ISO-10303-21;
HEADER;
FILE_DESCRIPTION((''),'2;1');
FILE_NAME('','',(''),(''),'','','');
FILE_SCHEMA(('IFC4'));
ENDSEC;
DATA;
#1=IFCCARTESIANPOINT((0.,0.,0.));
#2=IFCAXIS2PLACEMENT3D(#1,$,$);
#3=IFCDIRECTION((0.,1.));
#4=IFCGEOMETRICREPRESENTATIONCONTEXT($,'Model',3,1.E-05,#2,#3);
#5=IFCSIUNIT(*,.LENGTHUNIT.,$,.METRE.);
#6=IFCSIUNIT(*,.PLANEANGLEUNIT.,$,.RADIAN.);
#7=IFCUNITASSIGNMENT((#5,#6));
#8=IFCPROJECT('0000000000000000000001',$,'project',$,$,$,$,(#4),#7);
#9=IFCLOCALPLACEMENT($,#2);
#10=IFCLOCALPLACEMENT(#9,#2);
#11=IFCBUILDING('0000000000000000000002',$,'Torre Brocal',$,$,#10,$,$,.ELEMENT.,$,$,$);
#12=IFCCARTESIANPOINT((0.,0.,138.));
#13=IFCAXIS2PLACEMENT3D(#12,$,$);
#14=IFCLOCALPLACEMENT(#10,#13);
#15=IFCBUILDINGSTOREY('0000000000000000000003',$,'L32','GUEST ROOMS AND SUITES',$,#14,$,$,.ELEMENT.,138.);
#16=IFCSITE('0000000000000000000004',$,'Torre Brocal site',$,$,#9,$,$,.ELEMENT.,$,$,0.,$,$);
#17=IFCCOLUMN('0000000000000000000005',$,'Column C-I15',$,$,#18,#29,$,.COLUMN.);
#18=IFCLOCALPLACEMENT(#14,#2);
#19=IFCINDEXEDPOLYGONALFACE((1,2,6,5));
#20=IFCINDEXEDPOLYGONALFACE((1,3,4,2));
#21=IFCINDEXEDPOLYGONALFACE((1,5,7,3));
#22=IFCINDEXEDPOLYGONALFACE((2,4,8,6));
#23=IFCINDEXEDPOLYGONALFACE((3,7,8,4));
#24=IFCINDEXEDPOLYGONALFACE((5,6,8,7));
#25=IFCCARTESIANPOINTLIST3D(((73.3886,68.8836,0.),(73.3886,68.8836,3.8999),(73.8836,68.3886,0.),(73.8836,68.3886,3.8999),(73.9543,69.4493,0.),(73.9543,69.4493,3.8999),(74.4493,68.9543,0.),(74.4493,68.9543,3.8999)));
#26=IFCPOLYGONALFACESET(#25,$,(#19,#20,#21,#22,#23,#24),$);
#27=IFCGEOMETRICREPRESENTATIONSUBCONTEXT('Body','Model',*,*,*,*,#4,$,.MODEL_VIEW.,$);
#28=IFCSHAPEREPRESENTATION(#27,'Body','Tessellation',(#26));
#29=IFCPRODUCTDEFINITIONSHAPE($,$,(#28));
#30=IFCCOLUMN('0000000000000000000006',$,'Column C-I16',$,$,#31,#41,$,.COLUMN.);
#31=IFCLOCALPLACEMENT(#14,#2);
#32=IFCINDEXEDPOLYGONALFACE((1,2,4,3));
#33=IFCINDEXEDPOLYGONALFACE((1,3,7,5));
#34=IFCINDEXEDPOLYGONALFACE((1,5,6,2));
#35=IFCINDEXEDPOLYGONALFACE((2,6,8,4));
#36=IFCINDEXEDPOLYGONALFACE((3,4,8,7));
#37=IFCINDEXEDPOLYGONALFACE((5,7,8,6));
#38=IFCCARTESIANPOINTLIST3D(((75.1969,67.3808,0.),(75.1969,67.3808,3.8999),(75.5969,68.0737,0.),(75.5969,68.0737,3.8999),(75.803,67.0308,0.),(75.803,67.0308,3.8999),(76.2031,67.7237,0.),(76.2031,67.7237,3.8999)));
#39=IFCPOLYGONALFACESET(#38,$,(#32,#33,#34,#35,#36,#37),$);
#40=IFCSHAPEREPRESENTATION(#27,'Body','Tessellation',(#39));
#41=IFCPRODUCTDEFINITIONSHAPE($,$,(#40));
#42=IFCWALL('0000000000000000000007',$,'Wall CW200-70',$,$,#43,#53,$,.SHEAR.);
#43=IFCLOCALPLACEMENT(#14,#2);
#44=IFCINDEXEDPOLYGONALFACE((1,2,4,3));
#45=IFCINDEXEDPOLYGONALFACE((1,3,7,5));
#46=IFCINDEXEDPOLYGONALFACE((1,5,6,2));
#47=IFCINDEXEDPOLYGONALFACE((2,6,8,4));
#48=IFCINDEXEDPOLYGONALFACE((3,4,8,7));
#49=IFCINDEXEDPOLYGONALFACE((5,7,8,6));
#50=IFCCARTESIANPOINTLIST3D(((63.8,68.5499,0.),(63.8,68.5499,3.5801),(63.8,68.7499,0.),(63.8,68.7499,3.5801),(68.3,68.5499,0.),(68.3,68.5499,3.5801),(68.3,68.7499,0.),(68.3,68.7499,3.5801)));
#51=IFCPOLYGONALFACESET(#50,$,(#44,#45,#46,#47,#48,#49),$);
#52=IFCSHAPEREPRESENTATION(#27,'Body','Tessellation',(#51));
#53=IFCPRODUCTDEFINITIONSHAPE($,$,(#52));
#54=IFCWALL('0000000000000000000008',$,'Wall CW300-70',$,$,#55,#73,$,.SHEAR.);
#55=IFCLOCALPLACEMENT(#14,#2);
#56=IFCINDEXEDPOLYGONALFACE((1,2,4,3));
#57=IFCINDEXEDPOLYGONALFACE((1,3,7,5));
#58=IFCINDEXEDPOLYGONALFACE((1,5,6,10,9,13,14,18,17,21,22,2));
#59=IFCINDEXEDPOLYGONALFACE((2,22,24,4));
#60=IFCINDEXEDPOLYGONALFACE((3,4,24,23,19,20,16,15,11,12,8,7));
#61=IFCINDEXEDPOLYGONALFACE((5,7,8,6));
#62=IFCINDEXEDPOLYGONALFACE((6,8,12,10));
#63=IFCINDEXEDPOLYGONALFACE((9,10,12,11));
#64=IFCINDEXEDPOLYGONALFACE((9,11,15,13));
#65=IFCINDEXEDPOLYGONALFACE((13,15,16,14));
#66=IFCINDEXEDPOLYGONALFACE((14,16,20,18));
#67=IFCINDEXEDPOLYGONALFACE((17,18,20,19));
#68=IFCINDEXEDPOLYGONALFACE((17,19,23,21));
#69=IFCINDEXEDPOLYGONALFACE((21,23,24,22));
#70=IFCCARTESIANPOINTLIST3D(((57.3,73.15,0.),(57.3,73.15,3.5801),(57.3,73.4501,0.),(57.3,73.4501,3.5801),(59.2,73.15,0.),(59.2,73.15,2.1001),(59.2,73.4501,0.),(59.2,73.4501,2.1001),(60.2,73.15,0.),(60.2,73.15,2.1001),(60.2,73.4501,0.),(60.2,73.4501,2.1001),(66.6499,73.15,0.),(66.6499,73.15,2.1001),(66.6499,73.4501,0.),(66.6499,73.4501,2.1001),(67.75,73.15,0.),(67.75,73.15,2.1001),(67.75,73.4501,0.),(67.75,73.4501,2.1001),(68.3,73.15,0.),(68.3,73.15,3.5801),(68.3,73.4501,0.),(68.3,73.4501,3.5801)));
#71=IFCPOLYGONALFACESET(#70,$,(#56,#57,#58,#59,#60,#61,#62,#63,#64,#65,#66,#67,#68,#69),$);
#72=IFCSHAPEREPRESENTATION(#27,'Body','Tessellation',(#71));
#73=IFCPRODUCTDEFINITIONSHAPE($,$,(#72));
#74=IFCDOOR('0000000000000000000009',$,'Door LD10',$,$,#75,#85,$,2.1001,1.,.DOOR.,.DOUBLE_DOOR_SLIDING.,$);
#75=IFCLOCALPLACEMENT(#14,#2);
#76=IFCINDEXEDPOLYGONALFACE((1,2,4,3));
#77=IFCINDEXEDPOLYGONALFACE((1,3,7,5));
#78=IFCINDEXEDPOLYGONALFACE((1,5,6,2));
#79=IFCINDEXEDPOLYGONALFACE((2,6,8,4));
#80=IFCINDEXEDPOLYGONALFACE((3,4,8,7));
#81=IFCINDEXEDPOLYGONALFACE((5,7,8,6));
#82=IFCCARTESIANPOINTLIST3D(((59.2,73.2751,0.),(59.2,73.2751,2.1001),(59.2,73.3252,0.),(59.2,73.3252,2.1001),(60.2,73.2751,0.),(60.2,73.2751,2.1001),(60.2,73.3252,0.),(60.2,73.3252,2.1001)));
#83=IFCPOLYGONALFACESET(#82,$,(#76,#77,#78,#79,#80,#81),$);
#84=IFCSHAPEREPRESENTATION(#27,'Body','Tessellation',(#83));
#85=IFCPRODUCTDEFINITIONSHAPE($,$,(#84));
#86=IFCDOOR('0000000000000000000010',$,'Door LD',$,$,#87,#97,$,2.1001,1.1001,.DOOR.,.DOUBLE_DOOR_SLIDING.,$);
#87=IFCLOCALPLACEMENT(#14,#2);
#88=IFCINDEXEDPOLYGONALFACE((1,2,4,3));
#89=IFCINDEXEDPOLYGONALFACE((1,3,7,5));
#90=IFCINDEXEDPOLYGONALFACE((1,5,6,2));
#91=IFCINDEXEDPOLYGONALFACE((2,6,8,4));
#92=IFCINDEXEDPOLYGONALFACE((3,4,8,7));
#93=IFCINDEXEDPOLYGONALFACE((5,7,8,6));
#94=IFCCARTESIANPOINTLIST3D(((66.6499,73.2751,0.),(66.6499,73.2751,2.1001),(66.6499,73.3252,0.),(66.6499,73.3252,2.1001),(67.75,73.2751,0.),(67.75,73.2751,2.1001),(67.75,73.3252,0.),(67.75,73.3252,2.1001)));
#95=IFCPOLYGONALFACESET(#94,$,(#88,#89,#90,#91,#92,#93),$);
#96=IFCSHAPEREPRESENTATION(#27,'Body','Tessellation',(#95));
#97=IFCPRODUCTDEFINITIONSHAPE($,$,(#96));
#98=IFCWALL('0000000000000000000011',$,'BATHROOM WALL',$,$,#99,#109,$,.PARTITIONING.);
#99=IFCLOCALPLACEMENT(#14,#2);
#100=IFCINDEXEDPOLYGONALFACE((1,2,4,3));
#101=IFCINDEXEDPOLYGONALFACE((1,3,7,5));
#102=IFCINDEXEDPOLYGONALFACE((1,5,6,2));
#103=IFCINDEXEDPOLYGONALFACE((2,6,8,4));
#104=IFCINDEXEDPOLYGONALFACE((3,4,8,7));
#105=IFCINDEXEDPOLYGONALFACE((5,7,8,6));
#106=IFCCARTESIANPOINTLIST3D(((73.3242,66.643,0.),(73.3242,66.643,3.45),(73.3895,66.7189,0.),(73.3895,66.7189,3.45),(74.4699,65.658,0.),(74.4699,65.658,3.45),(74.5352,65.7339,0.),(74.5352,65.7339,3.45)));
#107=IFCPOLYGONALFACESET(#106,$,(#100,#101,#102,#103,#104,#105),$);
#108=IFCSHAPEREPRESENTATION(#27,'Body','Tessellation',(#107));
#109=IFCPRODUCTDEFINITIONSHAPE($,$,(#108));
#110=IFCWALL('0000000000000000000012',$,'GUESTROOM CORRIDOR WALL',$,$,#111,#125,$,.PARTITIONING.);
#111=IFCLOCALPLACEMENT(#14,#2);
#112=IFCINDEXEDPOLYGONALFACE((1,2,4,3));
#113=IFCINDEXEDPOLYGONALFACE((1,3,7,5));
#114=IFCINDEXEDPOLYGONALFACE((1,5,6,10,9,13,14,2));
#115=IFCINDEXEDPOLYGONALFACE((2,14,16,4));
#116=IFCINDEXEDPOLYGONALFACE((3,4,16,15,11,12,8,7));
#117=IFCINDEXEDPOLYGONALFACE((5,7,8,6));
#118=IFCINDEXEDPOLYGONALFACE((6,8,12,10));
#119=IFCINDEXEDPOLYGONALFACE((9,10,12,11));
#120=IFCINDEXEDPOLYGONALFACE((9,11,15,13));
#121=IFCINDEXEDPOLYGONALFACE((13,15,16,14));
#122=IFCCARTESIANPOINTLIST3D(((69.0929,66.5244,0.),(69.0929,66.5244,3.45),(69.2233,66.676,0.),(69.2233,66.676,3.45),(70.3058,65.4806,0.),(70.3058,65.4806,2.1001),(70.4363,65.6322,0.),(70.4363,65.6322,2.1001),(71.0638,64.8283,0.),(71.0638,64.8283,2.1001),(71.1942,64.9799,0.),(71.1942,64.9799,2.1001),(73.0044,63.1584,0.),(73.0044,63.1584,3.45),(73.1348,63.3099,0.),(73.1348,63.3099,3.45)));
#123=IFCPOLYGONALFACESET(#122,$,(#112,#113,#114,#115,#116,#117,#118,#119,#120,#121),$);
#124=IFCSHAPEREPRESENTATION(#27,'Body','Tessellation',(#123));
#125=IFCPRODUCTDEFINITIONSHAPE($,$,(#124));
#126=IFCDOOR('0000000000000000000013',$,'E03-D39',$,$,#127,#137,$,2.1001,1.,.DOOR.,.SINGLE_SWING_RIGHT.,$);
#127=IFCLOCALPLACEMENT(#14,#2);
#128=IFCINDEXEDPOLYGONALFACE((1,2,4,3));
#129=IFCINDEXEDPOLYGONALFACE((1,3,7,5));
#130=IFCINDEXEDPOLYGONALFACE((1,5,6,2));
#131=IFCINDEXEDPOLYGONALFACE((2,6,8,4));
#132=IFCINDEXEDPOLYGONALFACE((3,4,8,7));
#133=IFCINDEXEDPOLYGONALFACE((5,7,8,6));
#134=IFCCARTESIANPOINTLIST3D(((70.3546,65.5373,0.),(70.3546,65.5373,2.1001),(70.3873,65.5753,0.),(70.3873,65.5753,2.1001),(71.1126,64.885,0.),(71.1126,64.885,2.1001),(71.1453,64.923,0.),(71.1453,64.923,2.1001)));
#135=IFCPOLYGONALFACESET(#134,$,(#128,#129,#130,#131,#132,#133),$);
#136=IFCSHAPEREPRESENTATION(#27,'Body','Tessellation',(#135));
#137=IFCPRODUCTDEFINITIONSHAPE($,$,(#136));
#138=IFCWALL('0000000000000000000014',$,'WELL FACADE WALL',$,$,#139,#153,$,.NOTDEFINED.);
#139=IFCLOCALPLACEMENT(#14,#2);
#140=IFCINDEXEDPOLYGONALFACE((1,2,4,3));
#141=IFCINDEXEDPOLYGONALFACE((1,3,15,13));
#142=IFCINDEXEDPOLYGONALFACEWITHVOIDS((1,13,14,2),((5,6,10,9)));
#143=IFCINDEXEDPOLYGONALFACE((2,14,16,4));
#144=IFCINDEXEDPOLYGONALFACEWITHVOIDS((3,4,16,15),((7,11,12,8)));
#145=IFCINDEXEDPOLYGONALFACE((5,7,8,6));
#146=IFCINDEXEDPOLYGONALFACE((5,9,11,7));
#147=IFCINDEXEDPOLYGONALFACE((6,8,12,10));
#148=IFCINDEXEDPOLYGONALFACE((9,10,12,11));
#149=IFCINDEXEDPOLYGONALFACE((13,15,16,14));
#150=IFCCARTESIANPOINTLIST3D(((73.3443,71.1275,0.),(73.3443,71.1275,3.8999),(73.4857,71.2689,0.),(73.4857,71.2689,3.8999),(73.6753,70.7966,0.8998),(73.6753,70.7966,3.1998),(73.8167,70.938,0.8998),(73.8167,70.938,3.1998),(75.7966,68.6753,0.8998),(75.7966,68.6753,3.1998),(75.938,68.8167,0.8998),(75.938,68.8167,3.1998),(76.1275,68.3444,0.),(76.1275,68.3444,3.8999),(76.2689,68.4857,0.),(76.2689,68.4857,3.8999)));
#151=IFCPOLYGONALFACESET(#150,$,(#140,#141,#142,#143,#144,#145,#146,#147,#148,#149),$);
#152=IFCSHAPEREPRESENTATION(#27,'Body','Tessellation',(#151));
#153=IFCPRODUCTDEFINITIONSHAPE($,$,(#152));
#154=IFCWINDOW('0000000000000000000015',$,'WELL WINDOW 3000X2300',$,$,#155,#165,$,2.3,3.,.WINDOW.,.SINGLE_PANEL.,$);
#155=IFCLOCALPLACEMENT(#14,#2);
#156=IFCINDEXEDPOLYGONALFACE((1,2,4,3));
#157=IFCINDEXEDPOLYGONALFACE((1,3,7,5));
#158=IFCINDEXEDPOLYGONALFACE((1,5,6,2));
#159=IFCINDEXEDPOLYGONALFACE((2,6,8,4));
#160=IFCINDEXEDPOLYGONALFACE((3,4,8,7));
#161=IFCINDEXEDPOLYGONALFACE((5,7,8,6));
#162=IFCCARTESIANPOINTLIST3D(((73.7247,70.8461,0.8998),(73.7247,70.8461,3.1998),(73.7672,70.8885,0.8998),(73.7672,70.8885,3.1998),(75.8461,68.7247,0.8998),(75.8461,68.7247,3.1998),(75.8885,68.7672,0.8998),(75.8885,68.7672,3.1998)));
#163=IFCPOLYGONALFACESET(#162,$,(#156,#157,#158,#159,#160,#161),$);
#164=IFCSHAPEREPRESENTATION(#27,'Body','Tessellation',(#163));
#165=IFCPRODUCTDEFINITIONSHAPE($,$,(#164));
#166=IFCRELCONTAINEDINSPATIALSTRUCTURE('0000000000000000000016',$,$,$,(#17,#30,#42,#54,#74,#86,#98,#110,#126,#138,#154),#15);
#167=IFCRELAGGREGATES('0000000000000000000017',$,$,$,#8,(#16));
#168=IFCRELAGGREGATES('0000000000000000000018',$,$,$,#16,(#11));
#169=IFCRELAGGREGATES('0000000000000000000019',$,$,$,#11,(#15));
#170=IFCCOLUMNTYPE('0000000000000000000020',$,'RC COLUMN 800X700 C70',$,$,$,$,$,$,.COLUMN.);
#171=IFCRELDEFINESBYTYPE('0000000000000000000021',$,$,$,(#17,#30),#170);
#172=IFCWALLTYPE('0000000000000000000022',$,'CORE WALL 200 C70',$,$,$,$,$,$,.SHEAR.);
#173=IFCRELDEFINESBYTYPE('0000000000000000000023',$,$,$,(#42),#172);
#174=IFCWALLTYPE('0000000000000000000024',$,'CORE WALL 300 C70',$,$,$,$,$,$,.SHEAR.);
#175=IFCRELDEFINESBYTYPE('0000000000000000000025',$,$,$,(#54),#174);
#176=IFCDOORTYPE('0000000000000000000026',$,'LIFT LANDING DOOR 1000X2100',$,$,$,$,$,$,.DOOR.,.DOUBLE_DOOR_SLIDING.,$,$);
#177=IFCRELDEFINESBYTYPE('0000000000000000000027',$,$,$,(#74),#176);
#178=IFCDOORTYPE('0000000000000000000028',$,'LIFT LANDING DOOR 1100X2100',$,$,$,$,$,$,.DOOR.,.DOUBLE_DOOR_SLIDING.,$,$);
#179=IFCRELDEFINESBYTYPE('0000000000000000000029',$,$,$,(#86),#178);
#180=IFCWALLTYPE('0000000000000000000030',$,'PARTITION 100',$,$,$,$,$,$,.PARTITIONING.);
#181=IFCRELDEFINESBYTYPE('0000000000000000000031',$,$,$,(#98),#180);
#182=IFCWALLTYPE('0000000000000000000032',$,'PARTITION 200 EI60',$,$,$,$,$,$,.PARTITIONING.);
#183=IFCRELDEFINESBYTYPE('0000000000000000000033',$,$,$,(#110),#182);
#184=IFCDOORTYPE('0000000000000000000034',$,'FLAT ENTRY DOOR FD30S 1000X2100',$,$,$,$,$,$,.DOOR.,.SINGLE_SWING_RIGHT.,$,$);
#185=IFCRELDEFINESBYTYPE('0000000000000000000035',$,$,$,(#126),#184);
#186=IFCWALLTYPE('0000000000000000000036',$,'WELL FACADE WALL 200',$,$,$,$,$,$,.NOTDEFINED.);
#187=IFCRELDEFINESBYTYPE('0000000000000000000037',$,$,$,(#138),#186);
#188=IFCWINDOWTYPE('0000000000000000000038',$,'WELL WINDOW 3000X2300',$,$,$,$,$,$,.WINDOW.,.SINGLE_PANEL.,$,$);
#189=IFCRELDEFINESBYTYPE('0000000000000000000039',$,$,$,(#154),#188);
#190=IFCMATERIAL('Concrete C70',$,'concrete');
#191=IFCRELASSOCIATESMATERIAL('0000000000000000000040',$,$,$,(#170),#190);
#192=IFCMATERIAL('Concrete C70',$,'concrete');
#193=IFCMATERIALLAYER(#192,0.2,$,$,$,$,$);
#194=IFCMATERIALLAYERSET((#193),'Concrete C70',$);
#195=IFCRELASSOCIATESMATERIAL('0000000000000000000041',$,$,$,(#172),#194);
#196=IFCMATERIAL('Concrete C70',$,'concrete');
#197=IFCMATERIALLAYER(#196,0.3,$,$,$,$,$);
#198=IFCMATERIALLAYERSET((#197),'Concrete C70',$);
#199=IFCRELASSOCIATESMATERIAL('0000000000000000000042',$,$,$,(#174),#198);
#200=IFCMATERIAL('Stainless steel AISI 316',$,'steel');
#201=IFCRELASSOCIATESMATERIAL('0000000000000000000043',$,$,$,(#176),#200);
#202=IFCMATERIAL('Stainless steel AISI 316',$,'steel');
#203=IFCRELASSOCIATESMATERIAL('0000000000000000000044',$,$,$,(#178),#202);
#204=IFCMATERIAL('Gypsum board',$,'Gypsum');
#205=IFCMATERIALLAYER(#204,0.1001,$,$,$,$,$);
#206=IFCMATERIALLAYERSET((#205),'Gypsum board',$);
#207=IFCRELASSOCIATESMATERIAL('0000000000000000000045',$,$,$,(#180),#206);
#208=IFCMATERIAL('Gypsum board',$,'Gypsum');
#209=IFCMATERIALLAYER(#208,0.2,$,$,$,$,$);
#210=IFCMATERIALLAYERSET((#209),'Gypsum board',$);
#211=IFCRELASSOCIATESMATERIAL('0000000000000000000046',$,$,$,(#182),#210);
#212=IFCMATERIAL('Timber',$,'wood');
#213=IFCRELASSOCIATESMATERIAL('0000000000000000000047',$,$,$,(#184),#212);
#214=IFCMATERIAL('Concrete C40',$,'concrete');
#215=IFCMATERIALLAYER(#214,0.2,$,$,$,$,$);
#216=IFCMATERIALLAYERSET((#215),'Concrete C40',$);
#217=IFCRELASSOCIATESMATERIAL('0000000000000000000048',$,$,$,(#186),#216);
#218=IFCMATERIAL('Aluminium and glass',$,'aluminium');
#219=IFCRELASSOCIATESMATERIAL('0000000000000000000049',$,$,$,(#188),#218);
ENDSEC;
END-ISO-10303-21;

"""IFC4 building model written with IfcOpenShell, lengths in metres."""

from ifc_helpers import new_model, si_unit, direction, frame, frame_2d, origin, origin_2d, place, context, subcontext, project, spatial, rectangle, extrude, material, layer, layer_set, material_profile, profile_set, type_object, element, fill, save


model = new_model("IFC4")

# Units and contexts
model_context = context("Model", 3, precision=1e-05, world=origin(), true_north=direction((0.0, 1.0)))
body_context = subcontext(model_context, "Body", "Model", "MODEL_VIEW")
ifc_project = project(units=[si_unit("LENGTHUNIT", "METRE"), si_unit("PLANEANGLEUNIT", "RADIAN")], contexts=[model_context])

# Site, building, storey
site_placement = place(None, origin())
site = spatial("IfcSite", under=ifc_project, at=site_placement, Name="Torre Brocal site", CompositionType="ELEMENT", RefElevation=0.0)
building_placement = place(site_placement, origin())
building = spatial("IfcBuilding", under=site, at=building_placement, Name="Torre Brocal", CompositionType="ELEMENT")
storey_placement = place(building_placement, frame((0.0, 0.0, 138.0)))
storey = spatial("IfcBuildingStorey", under=building, at=storey_placement, Name="L32", Description="GUEST ROOMS AND SUITES", CompositionType="ELEMENT", Elevation=138.0)

# Columns
ifc_material_1 = material(Name="Concrete C70", Category="concrete")
ifc_material_profile = material_profile(ifc_material_1, rectangle(XDim=0.8, YDim=0.7, at=origin_2d()), Name="RC 800X700")
ifc_profile_set = profile_set([ifc_material_profile], Name="Concrete C70")
column_type = type_object("IfcColumnType", Name="RC COLUMN 800X700 C70", PredefinedType="COLUMN", material=ifc_profile_set)
for number, where, z_axis, x_axis, name in (
    (1, (73.9189, 68.9189, 0.0), (0.0, 0.0, 1.0), (-0.707107, -0.707107, 0.0), "Column C-I15"),
    (2, (75.7, 67.5522, 0.0), (0.0, 0.0, 1.0), (-0.5, -0.866025, 0.0), "Column C-I16"),
):
    element("IfcColumn", number, at=place(storey_placement, frame(where, z_axis=z_axis, x_axis=x_axis)), inside=storey, type_object=column_type, Name=name, PredefinedType="COLUMN", context=body_context, shape_type="SweptSolid", body=[
        extrude(rectangle(XDim=0.8, YDim=0.7, at=origin_2d()), origin(), (0.0, 0.0, 1.0), 3.8999),
    ])

# Wall
ifc_material_2 = material(Name="Concrete C70", Category="concrete")
ifc_layer_1 = layer(ifc_material_2, 0.2)
ifc_layer_set_1 = layer_set([ifc_layer_1], Name="Concrete C70")
wall_type_1 = type_object("IfcWallType", Name="CORE WALL 200 C70", PredefinedType="SHEAR", material=ifc_layer_set_1)
wall_1_placement = place(storey_placement, frame((68.3, 68.6499, 0.0), z_axis=(0.0, 0.0, 1.0), x_axis=(-1.0, 0.0, 0.0)))
element("IfcWall", 3, at=wall_1_placement, inside=storey, type_object=wall_type_1, Name="Wall CW200-70", PredefinedType="SHEAR", context=body_context, shape_type="SweptSolid", body=[
    extrude(rectangle(XDim=4.5, YDim=0.2, at=frame_2d((2.25, 0.0))), origin(), (0.0, 0.0, 1.0), 3.5801),
])

# Wall, openings, doors
ifc_material_3 = material(Name="Concrete C70", Category="concrete")
ifc_layer_2 = layer(ifc_material_3, 0.3)
ifc_layer_set_2 = layer_set([ifc_layer_2], Name="Concrete C70")
wall_type_2 = type_object("IfcWallType", Name="CORE WALL 300 C70", PredefinedType="SHEAR", material=ifc_layer_set_2)
wall_2_placement = place(storey_placement, frame((68.3, 73.3, 0.0), z_axis=(0.0, 0.0, 1.0), x_axis=(-1.0, 0.0, 0.0)))
wall_2 = element("IfcWall", 4, at=wall_2_placement, inside=storey, type_object=wall_type_2, Name="Wall CW300-70", PredefinedType="SHEAR", context=body_context, shape_type="SweptSolid", body=[
    extrude(rectangle(XDim=11.0, YDim=0.3, at=frame_2d((5.5, 0.0))), origin(), (0.0, 0.0, 1.0), 3.5801),
])
opening_1_placement = place(wall_2_placement, frame((0.55, 0.0, 0.0)))
opening_1 = element("IfcOpeningElement", 5, at=opening_1_placement, cuts=wall_2, PredefinedType="OPENING", context=body_context, shape_type="SweptSolid", body=[
    extrude(rectangle(XDim=1.1001, YDim=2.1001, at=frame_2d((0.55, 1.05))), frame((0.0, 0.1599, 0.0), z_axis=(0.0, -1.0, 0.0), x_axis=(1.0, 0.0, 0.0)), (0.0, 0.0, 1.0), 0.3201),
])
opening_2_placement = place(wall_2_placement, frame((8.1001, 0.0, 0.0)))
opening_2 = element("IfcOpeningElement", 6, at=opening_2_placement, cuts=wall_2, PredefinedType="OPENING", context=body_context, shape_type="SweptSolid", body=[
    extrude(rectangle(XDim=1.0, YDim=2.1001, at=frame_2d((0.5, 1.05))), frame((0.0, 0.1599, 0.0), z_axis=(0.0, -1.0, 0.0), x_axis=(1.0, 0.0, 0.0)), (0.0, 0.0, 1.0), 0.3201),
])
ifc_material_4 = material(Name="Stainless steel AISI 316", Category="steel")
door_type_1 = type_object("IfcDoorType", Name="LIFT LANDING DOOR 1000X2100", OperationType="DOUBLE_DOOR_SLIDING", PredefinedType="DOOR", material=ifc_material_4)
door_1_placement = place(opening_2_placement, origin())
door_1 = element("IfcDoor", 7, at=door_1_placement, inside=storey, type_object=door_type_1, Name="Door LD10", OperationType="DOUBLE_DOOR_SLIDING", OverallHeight=2.1001, OverallWidth=1.0, PredefinedType="DOOR", context=body_context, shape_type="SweptSolid", body=[
    extrude(rectangle(XDim=1.0, YDim=2.1001, at=frame_2d((0.5, 1.05))), frame((0.0, 0.0249, 0.0), z_axis=(0.0, -1.0, 0.0), x_axis=(1.0, 0.0, 0.0)), (0.0, 0.0, 1.0), 0.05),
])
fill(opening_2, door_1)
ifc_material_5 = material(Name="Stainless steel AISI 316", Category="steel")
door_type_2 = type_object("IfcDoorType", Name="LIFT LANDING DOOR 1100X2100", OperationType="DOUBLE_DOOR_SLIDING", PredefinedType="DOOR", material=ifc_material_5)
door_2_placement = place(opening_1_placement, origin())
door_2 = element("IfcDoor", 8, at=door_2_placement, inside=storey, type_object=door_type_2, Name="Door LD", OperationType="DOUBLE_DOOR_SLIDING", OverallHeight=2.1001, OverallWidth=1.1001, PredefinedType="DOOR", context=body_context, shape_type="SweptSolid", body=[
    extrude(rectangle(XDim=1.1001, YDim=2.1001, at=frame_2d((0.55, 1.05))), frame((0.0, 0.0249, 0.0), z_axis=(0.0, -1.0, 0.0), x_axis=(1.0, 0.0, 0.0)), (0.0, 0.0, 1.0), 0.05),
])
fill(opening_1, door_2)

# Wall
ifc_material_6 = material(Name="Gypsum board", Category="Gypsum")
ifc_layer_3 = layer(ifc_material_6, 0.1001)
ifc_layer_set_3 = layer_set([ifc_layer_3], Name="Gypsum board")
wall_type_3 = type_object("IfcWallType", Name="PARTITION 100", PredefinedType="PARTITIONING", material=ifc_layer_set_3)
wall_3_placement = place(storey_placement, frame((73.3569, 66.6809, 0.0), z_axis=(0.0, 0.0, 1.0), x_axis=(0.758263, -0.651948, 0.0)))
element("IfcWall", 9, at=wall_3_placement, inside=storey, type_object=wall_type_3, Name="BATHROOM WALL", PredefinedType="PARTITIONING", context=body_context, shape_type="SweptSolid", body=[
    extrude(rectangle(XDim=1.511, YDim=0.1001, at=frame_2d((0.7554, 0.0))), origin(), (0.0, 0.0, 1.0), 3.45),
])

# Wall, opening, door
ifc_material_7 = material(Name="Gypsum board", Category="Gypsum")
ifc_layer_4 = layer(ifc_material_7, 0.2)
ifc_layer_set_4 = layer_set([ifc_layer_4], Name="Gypsum board")
wall_type_4 = type_object("IfcWallType", Name="PARTITION 200 EI60", PredefinedType="PARTITIONING", material=ifc_layer_set_4)
wall_4_placement = place(storey_placement, frame((69.1582, 66.6001, 0.0), z_axis=(0.0, 0.0, 1.0), x_axis=(0.757976, -0.652282, 0.0)))
wall_4 = element("IfcWall", 10, at=wall_4_placement, inside=storey, type_object=wall_type_4, Name="GUESTROOM CORRIDOR WALL", PredefinedType="PARTITIONING", context=body_context, shape_type="SweptSolid", body=[
    extrude(rectangle(XDim=5.1604, YDim=0.2, at=frame_2d((2.5801, 0.0))), origin(), (0.0, 0.0, 1.0), 3.45),
])
opening_3_placement = place(wall_4_placement, frame((1.6001, 0.0, 0.0)))
opening_3 = element("IfcOpeningElement", 11, at=opening_3_placement, cuts=wall_4, PredefinedType="OPENING", context=body_context, shape_type="SweptSolid", body=[
    extrude(rectangle(XDim=1.0, YDim=2.1001, at=frame_2d((0.5, 1.05))), frame((0.0, 0.1099, 0.0), z_axis=(0.0, -1.0, 0.0), x_axis=(1.0, 0.0, 0.0)), (0.0, 0.0, 1.0), 0.22),
])
ifc_material_8 = material(Name="Timber", Category="wood")
door_type_3 = type_object("IfcDoorType", Name="FLAT ENTRY DOOR FD30S 1000X2100", OperationType="SINGLE_SWING_RIGHT", PredefinedType="DOOR", material=ifc_material_8)
door_3_placement = place(opening_3_placement, origin())
door_3 = element("IfcDoor", 12, at=door_3_placement, inside=storey, type_object=door_type_3, Name="E03-D39", OperationType="SINGLE_SWING_RIGHT", OverallHeight=2.1001, OverallWidth=1.0, PredefinedType="DOOR", context=body_context, shape_type="SweptSolid", body=[
    extrude(rectangle(XDim=1.0, YDim=2.1001, at=frame_2d((0.5, 1.05))), frame((0.0, 0.0249, 0.0), z_axis=(0.0, -1.0, 0.0), x_axis=(1.0, 0.0, 0.0)), (0.0, 0.0, 1.0), 0.05),
])
fill(opening_3, door_3)

# Wall, opening, window
ifc_material_9 = material(Name="Concrete C40", Category="concrete")
ifc_layer_5 = layer(ifc_material_9, 0.2)
ifc_layer_set_5 = layer_set([ifc_layer_5], Name="Concrete C40")
wall_type_5 = type_object("IfcWallType", Name="WELL FACADE WALL 200", PredefinedType="NOTDEFINED", material=ifc_layer_set_5)
wall_5_placement = place(storey_placement, frame((73.415, 71.1982, 0.0), z_axis=(0.0, 0.0, 1.0), x_axis=(0.707107, -0.707107, 0.0)))
wall_5 = element("IfcWall", 13, at=wall_5_placement, inside=storey, type_object=wall_type_5, Name="WELL FACADE WALL", PredefinedType="NOTDEFINED", context=body_context, shape_type="SweptSolid", body=[
    extrude(rectangle(XDim=3.936, YDim=0.2, at=frame_2d((1.968, 0.0))), origin(), (0.0, 0.0, 1.0), 3.8999),
])
opening_4_placement = place(wall_5_placement, frame((0.468, 0.0, 0.8999)))
opening_4 = element("IfcOpeningElement", 14, at=opening_4_placement, cuts=wall_5, PredefinedType="OPENING", context=body_context, shape_type="SweptSolid", body=[
    extrude(rectangle(XDim=3.0, YDim=2.3, at=frame_2d((1.5, 1.1499))), frame((0.0, 0.1099, 0.0), z_axis=(0.0, -1.0, 0.0), x_axis=(1.0, 0.0, 0.0)), (0.0, 0.0, 1.0), 0.22),
])
ifc_material_10 = material(Name="Aluminium and glass", Category="aluminium")
window_type = type_object("IfcWindowType", Name="WELL WINDOW 3000X2300", PartitioningType="SINGLE_PANEL", PredefinedType="WINDOW", material=ifc_material_10)
window_1_placement = place(opening_4_placement, origin())
window_1 = element("IfcWindow", 15, at=window_1_placement, inside=storey, type_object=window_type, Name="WELL WINDOW 3000X2300", OverallHeight=2.3, OverallWidth=3.0, PartitioningType="SINGLE_PANEL", PredefinedType="WINDOW", context=body_context, shape_type="SweptSolid", body=[
    extrude(rectangle(XDim=3.0, YDim=2.3, at=frame_2d((1.5, 1.1499))), frame((0.0, 0.03, 0.0), z_axis=(0.0, -1.0, 0.0), x_axis=(1.0, 0.0, 0.0)), (0.0, 0.0, 1.0), 0.0601),
])
fill(opening_4, window_1)

save(model, "model.ifc")
